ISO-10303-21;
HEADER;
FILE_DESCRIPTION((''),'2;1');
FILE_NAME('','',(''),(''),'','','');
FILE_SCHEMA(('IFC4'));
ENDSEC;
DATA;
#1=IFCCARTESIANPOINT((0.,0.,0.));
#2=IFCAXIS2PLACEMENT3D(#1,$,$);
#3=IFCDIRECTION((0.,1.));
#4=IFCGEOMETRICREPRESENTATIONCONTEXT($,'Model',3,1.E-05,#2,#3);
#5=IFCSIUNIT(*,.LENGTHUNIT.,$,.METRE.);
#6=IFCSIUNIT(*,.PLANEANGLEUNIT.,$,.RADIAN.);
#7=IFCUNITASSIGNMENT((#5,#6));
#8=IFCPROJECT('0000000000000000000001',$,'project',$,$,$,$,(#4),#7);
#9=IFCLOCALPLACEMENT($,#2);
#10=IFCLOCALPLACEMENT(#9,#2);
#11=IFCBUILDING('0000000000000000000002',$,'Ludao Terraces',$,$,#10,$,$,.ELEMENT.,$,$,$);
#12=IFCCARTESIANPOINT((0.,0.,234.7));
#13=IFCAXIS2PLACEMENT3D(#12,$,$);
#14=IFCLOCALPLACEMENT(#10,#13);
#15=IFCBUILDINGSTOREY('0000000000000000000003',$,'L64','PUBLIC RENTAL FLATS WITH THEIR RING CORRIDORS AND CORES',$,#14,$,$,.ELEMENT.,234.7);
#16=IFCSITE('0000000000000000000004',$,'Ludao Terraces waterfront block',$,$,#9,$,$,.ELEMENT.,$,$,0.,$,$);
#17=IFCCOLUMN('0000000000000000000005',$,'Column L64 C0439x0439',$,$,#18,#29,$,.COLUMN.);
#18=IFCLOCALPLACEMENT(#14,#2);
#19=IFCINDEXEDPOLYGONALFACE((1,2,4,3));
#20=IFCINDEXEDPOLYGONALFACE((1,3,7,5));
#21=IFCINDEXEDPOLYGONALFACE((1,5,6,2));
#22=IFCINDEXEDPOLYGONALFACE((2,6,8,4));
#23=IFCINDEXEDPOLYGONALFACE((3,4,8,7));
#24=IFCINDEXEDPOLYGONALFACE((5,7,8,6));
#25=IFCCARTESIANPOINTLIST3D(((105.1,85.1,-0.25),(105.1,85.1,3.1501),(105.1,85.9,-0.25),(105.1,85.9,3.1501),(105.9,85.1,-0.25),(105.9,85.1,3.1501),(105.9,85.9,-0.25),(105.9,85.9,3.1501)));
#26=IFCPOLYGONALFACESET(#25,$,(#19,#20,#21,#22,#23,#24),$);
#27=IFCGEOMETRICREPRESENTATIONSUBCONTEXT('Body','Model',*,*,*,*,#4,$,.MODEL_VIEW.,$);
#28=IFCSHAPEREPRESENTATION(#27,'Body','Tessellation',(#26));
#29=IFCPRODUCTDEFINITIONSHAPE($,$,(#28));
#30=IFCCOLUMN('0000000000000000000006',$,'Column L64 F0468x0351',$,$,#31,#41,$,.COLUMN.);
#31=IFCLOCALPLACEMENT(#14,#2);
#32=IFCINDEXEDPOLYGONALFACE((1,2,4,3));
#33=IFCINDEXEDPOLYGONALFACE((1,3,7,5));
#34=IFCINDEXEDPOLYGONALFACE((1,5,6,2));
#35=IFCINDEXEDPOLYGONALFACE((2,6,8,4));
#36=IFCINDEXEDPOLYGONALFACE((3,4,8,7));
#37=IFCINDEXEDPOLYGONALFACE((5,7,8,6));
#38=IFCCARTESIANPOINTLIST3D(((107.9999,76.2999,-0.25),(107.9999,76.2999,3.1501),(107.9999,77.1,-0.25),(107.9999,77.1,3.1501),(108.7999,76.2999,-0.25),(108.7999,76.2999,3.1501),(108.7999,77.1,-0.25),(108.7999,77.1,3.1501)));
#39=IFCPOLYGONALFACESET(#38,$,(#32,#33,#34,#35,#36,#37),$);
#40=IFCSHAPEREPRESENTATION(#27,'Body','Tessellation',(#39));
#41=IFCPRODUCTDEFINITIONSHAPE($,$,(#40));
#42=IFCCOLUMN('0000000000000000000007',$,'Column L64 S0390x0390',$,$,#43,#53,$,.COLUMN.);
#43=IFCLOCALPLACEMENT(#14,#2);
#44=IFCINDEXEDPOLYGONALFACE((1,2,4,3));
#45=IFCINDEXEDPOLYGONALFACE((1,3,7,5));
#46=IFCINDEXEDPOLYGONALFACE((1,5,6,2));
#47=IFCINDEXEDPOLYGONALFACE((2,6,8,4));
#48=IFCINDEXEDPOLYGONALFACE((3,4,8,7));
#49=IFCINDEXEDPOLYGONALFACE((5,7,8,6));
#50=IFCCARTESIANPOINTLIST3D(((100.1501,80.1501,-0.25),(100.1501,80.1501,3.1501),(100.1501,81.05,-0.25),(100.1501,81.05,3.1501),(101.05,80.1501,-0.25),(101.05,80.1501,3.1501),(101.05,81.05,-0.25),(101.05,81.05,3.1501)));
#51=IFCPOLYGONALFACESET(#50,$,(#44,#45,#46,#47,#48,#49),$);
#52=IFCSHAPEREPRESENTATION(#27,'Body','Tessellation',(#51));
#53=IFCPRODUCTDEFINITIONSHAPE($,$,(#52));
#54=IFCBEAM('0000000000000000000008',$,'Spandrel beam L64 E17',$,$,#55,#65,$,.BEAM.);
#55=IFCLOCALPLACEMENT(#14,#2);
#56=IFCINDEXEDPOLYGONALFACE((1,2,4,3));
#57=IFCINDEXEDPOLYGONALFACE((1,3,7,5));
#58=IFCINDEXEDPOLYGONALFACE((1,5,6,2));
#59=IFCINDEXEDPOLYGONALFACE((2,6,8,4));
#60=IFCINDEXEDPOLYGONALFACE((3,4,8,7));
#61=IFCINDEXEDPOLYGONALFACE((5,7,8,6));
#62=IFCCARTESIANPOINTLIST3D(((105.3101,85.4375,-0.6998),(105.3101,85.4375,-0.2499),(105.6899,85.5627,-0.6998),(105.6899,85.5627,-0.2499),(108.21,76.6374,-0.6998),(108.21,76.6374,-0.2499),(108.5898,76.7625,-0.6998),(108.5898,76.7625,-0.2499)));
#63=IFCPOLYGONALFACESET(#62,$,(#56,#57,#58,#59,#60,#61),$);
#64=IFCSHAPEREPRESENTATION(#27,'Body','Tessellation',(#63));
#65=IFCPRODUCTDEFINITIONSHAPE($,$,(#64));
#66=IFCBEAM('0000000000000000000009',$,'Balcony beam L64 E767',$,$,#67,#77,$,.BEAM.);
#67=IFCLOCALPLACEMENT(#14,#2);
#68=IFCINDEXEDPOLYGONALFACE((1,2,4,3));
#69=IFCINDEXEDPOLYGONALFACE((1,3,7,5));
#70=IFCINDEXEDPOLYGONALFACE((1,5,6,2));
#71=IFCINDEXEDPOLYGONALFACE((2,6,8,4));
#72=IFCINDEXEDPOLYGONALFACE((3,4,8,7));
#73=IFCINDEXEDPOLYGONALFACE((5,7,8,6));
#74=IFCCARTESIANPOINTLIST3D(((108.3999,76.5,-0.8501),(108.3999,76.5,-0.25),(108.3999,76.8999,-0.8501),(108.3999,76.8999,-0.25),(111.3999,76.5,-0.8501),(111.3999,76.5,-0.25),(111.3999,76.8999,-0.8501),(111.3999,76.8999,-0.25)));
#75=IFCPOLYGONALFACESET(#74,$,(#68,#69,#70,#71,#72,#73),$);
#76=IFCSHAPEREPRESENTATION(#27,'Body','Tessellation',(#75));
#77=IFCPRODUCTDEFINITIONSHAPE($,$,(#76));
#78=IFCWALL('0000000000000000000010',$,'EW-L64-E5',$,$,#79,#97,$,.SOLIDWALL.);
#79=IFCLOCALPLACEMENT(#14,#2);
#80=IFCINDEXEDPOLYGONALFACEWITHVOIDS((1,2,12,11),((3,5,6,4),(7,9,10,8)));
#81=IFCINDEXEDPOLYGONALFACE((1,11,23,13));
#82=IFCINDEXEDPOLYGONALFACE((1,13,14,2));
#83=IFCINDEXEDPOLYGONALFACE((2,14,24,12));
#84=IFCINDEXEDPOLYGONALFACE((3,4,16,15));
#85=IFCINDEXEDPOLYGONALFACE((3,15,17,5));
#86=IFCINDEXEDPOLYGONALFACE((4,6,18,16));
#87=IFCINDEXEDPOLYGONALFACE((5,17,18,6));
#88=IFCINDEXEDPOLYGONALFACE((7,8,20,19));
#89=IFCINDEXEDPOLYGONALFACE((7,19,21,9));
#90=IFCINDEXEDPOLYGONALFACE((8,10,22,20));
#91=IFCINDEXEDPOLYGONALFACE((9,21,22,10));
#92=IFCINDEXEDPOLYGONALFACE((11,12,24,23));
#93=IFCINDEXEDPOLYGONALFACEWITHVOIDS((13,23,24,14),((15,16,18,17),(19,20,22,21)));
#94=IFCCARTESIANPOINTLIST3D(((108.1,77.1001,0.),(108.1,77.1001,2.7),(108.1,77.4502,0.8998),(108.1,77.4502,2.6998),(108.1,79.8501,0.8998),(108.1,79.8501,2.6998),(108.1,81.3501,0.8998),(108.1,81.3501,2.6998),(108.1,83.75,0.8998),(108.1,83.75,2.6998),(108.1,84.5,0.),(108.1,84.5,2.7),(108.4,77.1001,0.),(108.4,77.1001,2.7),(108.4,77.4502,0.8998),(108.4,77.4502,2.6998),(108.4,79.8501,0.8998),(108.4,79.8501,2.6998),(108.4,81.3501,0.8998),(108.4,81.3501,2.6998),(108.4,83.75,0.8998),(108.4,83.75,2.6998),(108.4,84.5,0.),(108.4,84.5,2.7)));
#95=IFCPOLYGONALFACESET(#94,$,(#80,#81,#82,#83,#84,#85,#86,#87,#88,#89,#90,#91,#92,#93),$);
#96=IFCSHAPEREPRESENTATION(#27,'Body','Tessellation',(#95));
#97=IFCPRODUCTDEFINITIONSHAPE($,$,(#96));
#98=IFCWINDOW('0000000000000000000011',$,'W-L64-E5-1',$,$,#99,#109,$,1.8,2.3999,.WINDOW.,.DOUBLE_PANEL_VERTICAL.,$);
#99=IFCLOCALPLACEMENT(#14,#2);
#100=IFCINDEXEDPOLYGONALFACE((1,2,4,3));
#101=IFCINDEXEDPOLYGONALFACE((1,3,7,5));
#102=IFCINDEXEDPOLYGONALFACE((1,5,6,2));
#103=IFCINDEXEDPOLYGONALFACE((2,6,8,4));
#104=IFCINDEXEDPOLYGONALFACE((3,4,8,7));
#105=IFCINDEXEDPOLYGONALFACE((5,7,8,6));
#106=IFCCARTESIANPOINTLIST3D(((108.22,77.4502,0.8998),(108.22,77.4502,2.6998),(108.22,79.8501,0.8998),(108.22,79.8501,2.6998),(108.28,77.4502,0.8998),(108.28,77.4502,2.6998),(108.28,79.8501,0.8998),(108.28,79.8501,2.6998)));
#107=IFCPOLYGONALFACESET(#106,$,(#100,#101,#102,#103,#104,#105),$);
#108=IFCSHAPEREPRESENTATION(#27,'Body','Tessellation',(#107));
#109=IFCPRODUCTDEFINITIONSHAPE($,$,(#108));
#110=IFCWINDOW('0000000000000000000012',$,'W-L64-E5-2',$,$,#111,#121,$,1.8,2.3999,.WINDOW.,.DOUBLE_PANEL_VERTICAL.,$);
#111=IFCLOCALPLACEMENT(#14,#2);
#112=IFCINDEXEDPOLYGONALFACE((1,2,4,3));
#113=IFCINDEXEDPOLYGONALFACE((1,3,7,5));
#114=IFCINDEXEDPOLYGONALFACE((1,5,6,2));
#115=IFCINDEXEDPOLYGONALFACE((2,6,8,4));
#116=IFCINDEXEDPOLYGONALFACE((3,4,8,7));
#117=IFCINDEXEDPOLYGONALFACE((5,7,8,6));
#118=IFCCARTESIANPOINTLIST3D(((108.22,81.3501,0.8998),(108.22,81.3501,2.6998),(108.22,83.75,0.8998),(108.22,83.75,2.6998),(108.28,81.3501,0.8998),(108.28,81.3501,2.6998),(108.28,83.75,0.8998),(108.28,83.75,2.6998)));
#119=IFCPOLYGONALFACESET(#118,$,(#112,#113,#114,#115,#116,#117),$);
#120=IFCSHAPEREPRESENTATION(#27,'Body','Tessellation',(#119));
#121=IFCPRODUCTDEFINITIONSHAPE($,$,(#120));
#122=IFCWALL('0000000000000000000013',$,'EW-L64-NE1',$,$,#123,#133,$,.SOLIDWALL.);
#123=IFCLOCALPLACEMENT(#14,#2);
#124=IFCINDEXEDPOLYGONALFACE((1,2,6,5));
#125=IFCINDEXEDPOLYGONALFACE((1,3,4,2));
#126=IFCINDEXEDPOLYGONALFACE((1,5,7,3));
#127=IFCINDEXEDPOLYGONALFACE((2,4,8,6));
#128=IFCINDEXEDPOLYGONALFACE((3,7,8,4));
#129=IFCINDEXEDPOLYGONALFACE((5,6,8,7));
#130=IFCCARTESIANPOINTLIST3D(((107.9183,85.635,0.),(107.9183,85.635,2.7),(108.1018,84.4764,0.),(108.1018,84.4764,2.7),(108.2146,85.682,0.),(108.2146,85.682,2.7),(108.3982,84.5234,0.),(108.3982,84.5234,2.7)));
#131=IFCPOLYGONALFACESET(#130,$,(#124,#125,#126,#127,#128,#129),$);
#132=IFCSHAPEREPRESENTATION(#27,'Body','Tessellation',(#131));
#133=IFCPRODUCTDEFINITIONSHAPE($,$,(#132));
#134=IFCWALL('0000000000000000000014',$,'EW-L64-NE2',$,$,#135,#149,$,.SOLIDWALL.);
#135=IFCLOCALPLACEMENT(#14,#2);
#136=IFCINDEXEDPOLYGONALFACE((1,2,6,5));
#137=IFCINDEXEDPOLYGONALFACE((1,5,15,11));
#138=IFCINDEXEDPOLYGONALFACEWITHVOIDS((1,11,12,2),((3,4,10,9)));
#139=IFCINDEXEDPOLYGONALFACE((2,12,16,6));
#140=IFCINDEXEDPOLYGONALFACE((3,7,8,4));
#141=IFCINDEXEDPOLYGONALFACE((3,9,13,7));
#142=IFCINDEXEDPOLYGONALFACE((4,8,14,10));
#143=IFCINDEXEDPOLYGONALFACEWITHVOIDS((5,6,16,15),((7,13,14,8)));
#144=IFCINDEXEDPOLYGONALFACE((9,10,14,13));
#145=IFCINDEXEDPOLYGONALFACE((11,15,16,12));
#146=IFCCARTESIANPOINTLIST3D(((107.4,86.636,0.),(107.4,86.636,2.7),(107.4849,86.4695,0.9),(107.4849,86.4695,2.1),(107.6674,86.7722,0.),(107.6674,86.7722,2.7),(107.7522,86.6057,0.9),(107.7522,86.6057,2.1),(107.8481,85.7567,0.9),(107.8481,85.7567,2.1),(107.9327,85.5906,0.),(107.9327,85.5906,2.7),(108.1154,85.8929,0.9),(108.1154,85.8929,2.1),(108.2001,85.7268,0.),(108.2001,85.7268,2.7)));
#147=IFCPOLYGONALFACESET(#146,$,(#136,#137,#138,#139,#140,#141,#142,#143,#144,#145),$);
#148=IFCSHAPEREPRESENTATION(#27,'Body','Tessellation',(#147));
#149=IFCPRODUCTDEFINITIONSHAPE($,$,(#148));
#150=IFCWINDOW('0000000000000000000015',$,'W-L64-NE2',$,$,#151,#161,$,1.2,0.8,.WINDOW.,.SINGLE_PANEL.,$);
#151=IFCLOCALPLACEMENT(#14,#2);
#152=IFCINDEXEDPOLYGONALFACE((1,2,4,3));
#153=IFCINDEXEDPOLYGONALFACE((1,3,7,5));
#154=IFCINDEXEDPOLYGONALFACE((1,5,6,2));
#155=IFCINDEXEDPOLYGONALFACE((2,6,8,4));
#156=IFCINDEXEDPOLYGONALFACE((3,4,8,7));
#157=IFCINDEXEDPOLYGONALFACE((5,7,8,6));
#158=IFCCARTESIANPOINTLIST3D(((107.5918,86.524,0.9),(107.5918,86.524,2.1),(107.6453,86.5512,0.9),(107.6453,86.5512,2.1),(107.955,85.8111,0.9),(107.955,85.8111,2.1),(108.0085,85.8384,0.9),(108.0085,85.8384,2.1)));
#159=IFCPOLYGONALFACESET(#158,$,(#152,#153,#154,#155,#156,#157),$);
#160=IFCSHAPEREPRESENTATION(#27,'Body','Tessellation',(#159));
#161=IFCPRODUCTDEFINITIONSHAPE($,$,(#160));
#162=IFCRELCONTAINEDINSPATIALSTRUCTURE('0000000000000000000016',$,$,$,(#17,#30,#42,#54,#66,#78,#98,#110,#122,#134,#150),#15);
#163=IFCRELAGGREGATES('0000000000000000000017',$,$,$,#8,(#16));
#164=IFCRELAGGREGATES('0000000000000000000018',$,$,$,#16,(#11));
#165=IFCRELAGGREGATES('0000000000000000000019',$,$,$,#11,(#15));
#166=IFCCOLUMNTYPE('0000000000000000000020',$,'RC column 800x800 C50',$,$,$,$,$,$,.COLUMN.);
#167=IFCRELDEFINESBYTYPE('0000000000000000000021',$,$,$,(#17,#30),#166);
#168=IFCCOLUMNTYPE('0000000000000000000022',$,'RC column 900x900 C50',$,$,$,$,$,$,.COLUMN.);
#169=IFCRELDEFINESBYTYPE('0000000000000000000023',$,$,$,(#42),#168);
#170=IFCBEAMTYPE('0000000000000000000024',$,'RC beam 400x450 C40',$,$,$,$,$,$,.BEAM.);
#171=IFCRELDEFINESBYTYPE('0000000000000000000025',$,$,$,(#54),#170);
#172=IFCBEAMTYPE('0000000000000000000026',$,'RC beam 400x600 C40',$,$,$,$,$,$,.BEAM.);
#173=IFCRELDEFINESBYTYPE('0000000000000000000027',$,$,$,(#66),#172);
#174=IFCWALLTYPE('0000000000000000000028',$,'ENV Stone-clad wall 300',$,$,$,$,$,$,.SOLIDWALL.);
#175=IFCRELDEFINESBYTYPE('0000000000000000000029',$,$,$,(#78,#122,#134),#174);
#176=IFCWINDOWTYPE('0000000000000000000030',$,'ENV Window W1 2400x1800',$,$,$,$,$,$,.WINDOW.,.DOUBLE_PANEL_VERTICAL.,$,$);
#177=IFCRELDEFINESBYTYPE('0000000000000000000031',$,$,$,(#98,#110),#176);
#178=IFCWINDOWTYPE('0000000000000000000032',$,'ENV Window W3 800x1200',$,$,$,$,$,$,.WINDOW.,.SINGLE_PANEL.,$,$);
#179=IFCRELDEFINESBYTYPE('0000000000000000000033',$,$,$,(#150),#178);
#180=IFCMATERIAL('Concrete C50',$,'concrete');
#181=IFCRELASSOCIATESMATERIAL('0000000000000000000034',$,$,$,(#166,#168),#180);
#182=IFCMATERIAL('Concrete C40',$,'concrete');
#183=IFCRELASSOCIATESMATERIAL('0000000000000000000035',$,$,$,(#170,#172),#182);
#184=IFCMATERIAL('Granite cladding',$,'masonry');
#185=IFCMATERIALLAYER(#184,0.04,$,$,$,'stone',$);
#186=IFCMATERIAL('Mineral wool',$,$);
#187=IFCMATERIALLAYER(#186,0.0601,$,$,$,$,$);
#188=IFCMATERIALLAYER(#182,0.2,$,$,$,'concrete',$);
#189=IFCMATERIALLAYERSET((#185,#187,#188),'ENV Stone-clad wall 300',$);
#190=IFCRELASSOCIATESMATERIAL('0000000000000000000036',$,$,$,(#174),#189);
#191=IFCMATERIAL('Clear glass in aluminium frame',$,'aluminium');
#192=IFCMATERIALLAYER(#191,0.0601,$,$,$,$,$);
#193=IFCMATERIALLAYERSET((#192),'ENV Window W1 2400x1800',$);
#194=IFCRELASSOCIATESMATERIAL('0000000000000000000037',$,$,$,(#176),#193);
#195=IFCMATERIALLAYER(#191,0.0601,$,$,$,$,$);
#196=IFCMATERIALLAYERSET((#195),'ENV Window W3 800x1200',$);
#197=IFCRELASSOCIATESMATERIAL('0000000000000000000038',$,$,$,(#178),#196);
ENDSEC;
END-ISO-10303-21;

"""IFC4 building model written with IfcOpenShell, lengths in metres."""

from ifc_helpers import new_model, si_unit, direction, frame, frame_2d, origin, origin_2d, place, context, subcontext, project, spatial, rectangle, extrude, material, layer, layer_set, material_profile, profile_set, type_object, element, fill, save


model = new_model("IFC4")

# Units and contexts
model_context = context("Model", 3, precision=1e-05, world=origin(), true_north=direction((0.0, 1.0)))
body_context = subcontext(model_context, "Body", "Model", "MODEL_VIEW")
ifc_project = project(units=[si_unit("LENGTHUNIT", "METRE"), si_unit("PLANEANGLEUNIT", "RADIAN")], contexts=[model_context])

# Site, building, storey
site_placement = place(None, origin())
site = spatial("IfcSite", under=ifc_project, at=site_placement, Name="Ludao Terraces waterfront block", CompositionType="ELEMENT", RefElevation=0.0)
building_placement = place(site_placement, origin())
building = spatial("IfcBuilding", under=site, at=building_placement, Name="Ludao Terraces", CompositionType="ELEMENT")
storey_placement = place(building_placement, frame((0.0, 0.0, 234.7)))
storey = spatial("IfcBuildingStorey", under=building, at=storey_placement, Name="L64", Description="PUBLIC RENTAL FLATS WITH THEIR RING CORRIDORS AND CORES", CompositionType="ELEMENT", Elevation=234.7)

# Columns
ifc_material_1 = material(Name="Concrete C50", Category="concrete")
ifc_material_profile_1 = material_profile(ifc_material_1, rectangle(XDim=0.8, YDim=0.8, at=origin_2d()), Name="800 X 800")
ifc_profile_set_1 = profile_set([ifc_material_profile_1], Name="Concrete C50")
column_type_1 = type_object("IfcColumnType", Name="RC column 800x800 C50", PredefinedType="COLUMN", material=ifc_profile_set_1)
for number, where, z_axis, x_axis, name in (
    (1, (105.5, 85.5, -0.25), (0.0, 0.0, 1.0), (1.0, 0.0, 0.0), "Column L64 C0439x0439"),
    (2, (108.3999, 76.7, -0.25), (0.0, 0.0, 1.0), (1.0, 0.0, 0.0), "Column L64 F0468x0351"),
):
    element("IfcColumn", number, at=place(storey_placement, frame(where, z_axis=z_axis, x_axis=x_axis)), inside=storey, type_object=column_type_1, Name=name, PredefinedType="COLUMN", context=body_context, shape_type="SweptSolid", body=[
        extrude(rectangle(XDim=0.8, YDim=0.8, at=origin_2d()), origin(), (0.0, 0.0, 1.0), 3.4001),
    ])
ifc_material_profile_2 = material_profile(ifc_material_1, rectangle(XDim=0.8999, YDim=0.8999, at=origin_2d()), Name="900 X 900")
ifc_profile_set_2 = profile_set([ifc_material_profile_2], Name="Concrete C50")
column_type_2 = type_object("IfcColumnType", Name="RC column 900x900 C50", PredefinedType="COLUMN", material=ifc_profile_set_2)
column_placement = place(storey_placement, frame((100.6001, 80.6001, -0.25), z_axis=(0.0, 0.0, 1.0), x_axis=(1.0, 0.0, 0.0)))
element("IfcColumn", 3, at=column_placement, inside=storey, type_object=column_type_2, Name="Column L64 S0390x0390", PredefinedType="COLUMN", context=body_context, shape_type="SweptSolid", body=[
    extrude(rectangle(XDim=0.8999, YDim=0.8999, at=origin_2d()), origin(), (0.0, 0.0, 1.0), 3.4001),
])

# Beams
ifc_material_2 = material(Name="Concrete C40", Category="concrete")
ifc_material_profile_3 = material_profile(ifc_material_2, rectangle(XDim=0.3999, YDim=0.45, at=origin_2d()), Name="400 X 450")
ifc_profile_set_3 = profile_set([ifc_material_profile_3], Name="Concrete C40")
beam_type_1 = type_object("IfcBeamType", Name="RC beam 400x450 C40", PredefinedType="BEAM", material=ifc_profile_set_3)
beam_1_placement = place(storey_placement, frame((108.3999, 76.7, -0.4749), z_axis=(-0.312977, 0.949761, 0.0), x_axis=(-0.949761, -0.312977, 0.0)))
element("IfcBeam", 4, at=beam_1_placement, inside=storey, type_object=beam_type_1, Name="Spandrel beam L64 E17", PredefinedType="BEAM", context=body_context, shape_type="SweptSolid", body=[
    extrude(rectangle(XDim=0.3999, YDim=0.45, at=origin_2d()), origin(), (0.0, 0.0, 1.0), 9.2656),
])
ifc_material_profile_4 = material_profile(ifc_material_2, rectangle(XDim=0.3999, YDim=0.6001, at=origin_2d()), Name="400 X 600")
ifc_profile_set_4 = profile_set([ifc_material_profile_4], Name="Concrete C40")
beam_type_2 = type_object("IfcBeamType", Name="RC beam 400x600 C40", PredefinedType="BEAM", material=ifc_profile_set_4)
beam_2_placement = place(storey_placement, frame((108.3999, 76.7, -0.55), z_axis=(1.0, 0.0, 0.0), x_axis=(0.0, 1.0, 0.0)))
element("IfcBeam", 5, at=beam_2_placement, inside=storey, type_object=beam_type_2, Name="Balcony beam L64 E767", PredefinedType="BEAM", context=body_context, shape_type="SweptSolid", body=[
    extrude(rectangle(XDim=0.3999, YDim=0.6001, at=origin_2d()), origin(), (0.0, 0.0, 1.0), 3.0),
])

# Wall, openings, windows
ifc_material_3 = material(Name="Granite cladding", Category="masonry")
ifc_layer_1 = layer(ifc_material_3, 0.04, Category="stone")
ifc_material_4 = material(Name="Mineral wool")
ifc_layer_2 = layer(ifc_material_4, 0.0601)
ifc_layer_3 = layer(ifc_material_2, 0.2, Category="concrete")
ifc_layer_set_1 = layer_set([ifc_layer_1, ifc_layer_2, ifc_layer_3], Name="ENV Stone-clad wall 300")
wall_type = type_object("IfcWallType", Name="ENV Stone-clad wall 300", PredefinedType="SOLIDWALL", material=ifc_layer_set_1)
wall_1_placement = place(storey_placement, frame((108.25, 77.1001, 0.0), z_axis=(0.0, 0.0, 1.0), x_axis=(0.0, 1.0, 0.0)))
wall_1 = element("IfcWall", 6, at=wall_1_placement, inside=storey, type_object=wall_type, Name="EW-L64-E5", PredefinedType="SOLIDWALL", context=body_context, shape_type="SweptSolid", body=[
    extrude(rectangle(XDim=7.3999, YDim=0.3, at=frame_2d((3.7, 0.0))), origin(), (0.0, 0.0, 1.0), 2.7),
])
opening_1_placement = place(wall_1_placement, frame((0.3501, 0.0, 0.8999)))
opening_1 = element("IfcOpeningElement", 7, at=opening_1_placement, cuts=wall_1, PredefinedType="OPENING", context=body_context, shape_type="SweptSolid", body=[
    extrude(rectangle(XDim=2.3999, YDim=1.8, at=frame_2d((1.2, 0.8999))), frame((0.0, 0.1602, 0.0), z_axis=(0.0, -1.0, 0.0), x_axis=(1.0, 0.0, 0.0)), (0.0, 0.0, 1.0), 0.3201),
])
opening_2_placement = place(wall_1_placement, frame((4.25, 0.0, 0.8999)))
opening_2 = element("IfcOpeningElement", 8, at=opening_2_placement, cuts=wall_1, PredefinedType="OPENING", context=body_context, shape_type="SweptSolid", body=[
    extrude(rectangle(XDim=2.3999, YDim=1.8, at=frame_2d((1.2, 0.8999))), frame((0.0, 0.1602, 0.0), z_axis=(0.0, -1.0, 0.0), x_axis=(1.0, 0.0, 0.0)), (0.0, 0.0, 1.0), 0.3201),
])
ifc_material_5 = material(Name="Clear glass in aluminium frame", Category="aluminium")
ifc_layer_4 = layer(ifc_material_5, 0.0601)
ifc_layer_set_2 = layer_set([ifc_layer_4], Name="ENV Window W1 2400x1800")
window_type_1 = type_object("IfcWindowType", Name="ENV Window W1 2400x1800", PartitioningType="DOUBLE_PANEL_VERTICAL", PredefinedType="WINDOW", material=ifc_layer_set_2)
window_1_placement = place(opening_1_placement, origin())
window_1 = element("IfcWindow", 9, at=window_1_placement, inside=storey, type_object=window_type_1, Name="W-L64-E5-1", OverallHeight=1.8, OverallWidth=2.3999, PartitioningType="DOUBLE_PANEL_VERTICAL", PredefinedType="WINDOW", context=body_context, shape_type="SweptSolid", body=[
    extrude(rectangle(XDim=2.3999, YDim=1.8, at=frame_2d((1.2, 0.8999))), frame((0.0, 0.03, 0.0), z_axis=(0.0, -1.0, 0.0), x_axis=(1.0, 0.0, 0.0)), (0.0, 0.0, 1.0), 0.0601),
])
fill(opening_1, window_1)
window_2_placement = place(opening_2_placement, origin())
window_2 = element("IfcWindow", 10, at=window_2_placement, inside=storey, type_object=window_type_1, Name="W-L64-E5-2", OverallHeight=1.8, OverallWidth=2.3999, PartitioningType="DOUBLE_PANEL_VERTICAL", PredefinedType="WINDOW", context=body_context, shape_type="SweptSolid", body=[
    extrude(rectangle(XDim=2.3999, YDim=1.8, at=frame_2d((1.2, 0.8999))), frame((0.0, 0.03, 0.0), z_axis=(0.0, -1.0, 0.0), x_axis=(1.0, 0.0, 0.0)), (0.0, 0.0, 1.0), 0.0601),
])
fill(opening_2, window_2)

# Wall
wall_2_placement = place(storey_placement, frame((108.25, 84.5, 0.0), z_axis=(0.0, 0.0, 1.0), x_axis=(-0.156497, 0.987678, 0.0)))
element("IfcWall", 11, at=wall_2_placement, inside=storey, type_object=wall_type, Name="EW-L64-NE1", PredefinedType="SOLIDWALL", context=body_context, shape_type="SweptSolid", body=[
    extrude(rectangle(XDim=1.1731, YDim=0.3, at=frame_2d((0.5864, 0.0))), origin(), (0.0, 0.0, 1.0), 2.7),
])

# Wall, opening, window
wall_3_placement = place(storey_placement, frame((108.0664, 85.6587, 0.0), z_axis=(0.0, 0.0, 1.0), x_axis=(-0.454026, 0.890989, 0.0)))
wall_3 = element("IfcWall", 12, at=wall_3_placement, inside=storey, type_object=wall_type, Name="EW-L64-NE2", PredefinedType="SOLIDWALL", context=body_context, shape_type="SweptSolid", body=[
    extrude(rectangle(XDim=1.1733, YDim=0.3, at=frame_2d((0.5867, 0.0))), origin(), (0.0, 0.0, 1.0), 2.7),
])
opening_3_placement = place(wall_3_placement, frame((0.1865, 0.0, 0.8999)))
opening_3 = element("IfcOpeningElement", 13, at=opening_3_placement, cuts=wall_3, PredefinedType="OPENING", context=body_context, shape_type="SweptSolid", body=[
    extrude(rectangle(XDim=0.8, YDim=1.2, at=frame_2d((0.3999, 0.6001))), frame((0.0, 0.1602, 0.0), z_axis=(0.0, -1.0, 0.0), x_axis=(1.0, 0.0, 0.0)), (0.0, 0.0, 1.0), 0.3201),
])
ifc_layer_5 = layer(ifc_material_5, 0.0601)
ifc_layer_set_3 = layer_set([ifc_layer_5], Name="ENV Window W3 800x1200")
window_type_2 = type_object("IfcWindowType", Name="ENV Window W3 800x1200", PartitioningType="SINGLE_PANEL", PredefinedType="WINDOW", material=ifc_layer_set_3)
window_3_placement = place(opening_3_placement, origin())
window_3 = element("IfcWindow", 14, at=window_3_placement, inside=storey, type_object=window_type_2, Name="W-L64-NE2", OverallHeight=1.2, OverallWidth=0.8, PartitioningType="SINGLE_PANEL", PredefinedType="WINDOW", context=body_context, shape_type="SweptSolid", body=[
    extrude(rectangle(XDim=0.8, YDim=1.2, at=frame_2d((0.3999, 0.6001))), frame((0.0, 0.03, 0.0), z_axis=(0.0, -1.0, 0.0), x_axis=(1.0, 0.0, 0.0)), (0.0, 0.0, 1.0), 0.0601),
])
fill(opening_3, window_3)

save(model, "model.ifc")
